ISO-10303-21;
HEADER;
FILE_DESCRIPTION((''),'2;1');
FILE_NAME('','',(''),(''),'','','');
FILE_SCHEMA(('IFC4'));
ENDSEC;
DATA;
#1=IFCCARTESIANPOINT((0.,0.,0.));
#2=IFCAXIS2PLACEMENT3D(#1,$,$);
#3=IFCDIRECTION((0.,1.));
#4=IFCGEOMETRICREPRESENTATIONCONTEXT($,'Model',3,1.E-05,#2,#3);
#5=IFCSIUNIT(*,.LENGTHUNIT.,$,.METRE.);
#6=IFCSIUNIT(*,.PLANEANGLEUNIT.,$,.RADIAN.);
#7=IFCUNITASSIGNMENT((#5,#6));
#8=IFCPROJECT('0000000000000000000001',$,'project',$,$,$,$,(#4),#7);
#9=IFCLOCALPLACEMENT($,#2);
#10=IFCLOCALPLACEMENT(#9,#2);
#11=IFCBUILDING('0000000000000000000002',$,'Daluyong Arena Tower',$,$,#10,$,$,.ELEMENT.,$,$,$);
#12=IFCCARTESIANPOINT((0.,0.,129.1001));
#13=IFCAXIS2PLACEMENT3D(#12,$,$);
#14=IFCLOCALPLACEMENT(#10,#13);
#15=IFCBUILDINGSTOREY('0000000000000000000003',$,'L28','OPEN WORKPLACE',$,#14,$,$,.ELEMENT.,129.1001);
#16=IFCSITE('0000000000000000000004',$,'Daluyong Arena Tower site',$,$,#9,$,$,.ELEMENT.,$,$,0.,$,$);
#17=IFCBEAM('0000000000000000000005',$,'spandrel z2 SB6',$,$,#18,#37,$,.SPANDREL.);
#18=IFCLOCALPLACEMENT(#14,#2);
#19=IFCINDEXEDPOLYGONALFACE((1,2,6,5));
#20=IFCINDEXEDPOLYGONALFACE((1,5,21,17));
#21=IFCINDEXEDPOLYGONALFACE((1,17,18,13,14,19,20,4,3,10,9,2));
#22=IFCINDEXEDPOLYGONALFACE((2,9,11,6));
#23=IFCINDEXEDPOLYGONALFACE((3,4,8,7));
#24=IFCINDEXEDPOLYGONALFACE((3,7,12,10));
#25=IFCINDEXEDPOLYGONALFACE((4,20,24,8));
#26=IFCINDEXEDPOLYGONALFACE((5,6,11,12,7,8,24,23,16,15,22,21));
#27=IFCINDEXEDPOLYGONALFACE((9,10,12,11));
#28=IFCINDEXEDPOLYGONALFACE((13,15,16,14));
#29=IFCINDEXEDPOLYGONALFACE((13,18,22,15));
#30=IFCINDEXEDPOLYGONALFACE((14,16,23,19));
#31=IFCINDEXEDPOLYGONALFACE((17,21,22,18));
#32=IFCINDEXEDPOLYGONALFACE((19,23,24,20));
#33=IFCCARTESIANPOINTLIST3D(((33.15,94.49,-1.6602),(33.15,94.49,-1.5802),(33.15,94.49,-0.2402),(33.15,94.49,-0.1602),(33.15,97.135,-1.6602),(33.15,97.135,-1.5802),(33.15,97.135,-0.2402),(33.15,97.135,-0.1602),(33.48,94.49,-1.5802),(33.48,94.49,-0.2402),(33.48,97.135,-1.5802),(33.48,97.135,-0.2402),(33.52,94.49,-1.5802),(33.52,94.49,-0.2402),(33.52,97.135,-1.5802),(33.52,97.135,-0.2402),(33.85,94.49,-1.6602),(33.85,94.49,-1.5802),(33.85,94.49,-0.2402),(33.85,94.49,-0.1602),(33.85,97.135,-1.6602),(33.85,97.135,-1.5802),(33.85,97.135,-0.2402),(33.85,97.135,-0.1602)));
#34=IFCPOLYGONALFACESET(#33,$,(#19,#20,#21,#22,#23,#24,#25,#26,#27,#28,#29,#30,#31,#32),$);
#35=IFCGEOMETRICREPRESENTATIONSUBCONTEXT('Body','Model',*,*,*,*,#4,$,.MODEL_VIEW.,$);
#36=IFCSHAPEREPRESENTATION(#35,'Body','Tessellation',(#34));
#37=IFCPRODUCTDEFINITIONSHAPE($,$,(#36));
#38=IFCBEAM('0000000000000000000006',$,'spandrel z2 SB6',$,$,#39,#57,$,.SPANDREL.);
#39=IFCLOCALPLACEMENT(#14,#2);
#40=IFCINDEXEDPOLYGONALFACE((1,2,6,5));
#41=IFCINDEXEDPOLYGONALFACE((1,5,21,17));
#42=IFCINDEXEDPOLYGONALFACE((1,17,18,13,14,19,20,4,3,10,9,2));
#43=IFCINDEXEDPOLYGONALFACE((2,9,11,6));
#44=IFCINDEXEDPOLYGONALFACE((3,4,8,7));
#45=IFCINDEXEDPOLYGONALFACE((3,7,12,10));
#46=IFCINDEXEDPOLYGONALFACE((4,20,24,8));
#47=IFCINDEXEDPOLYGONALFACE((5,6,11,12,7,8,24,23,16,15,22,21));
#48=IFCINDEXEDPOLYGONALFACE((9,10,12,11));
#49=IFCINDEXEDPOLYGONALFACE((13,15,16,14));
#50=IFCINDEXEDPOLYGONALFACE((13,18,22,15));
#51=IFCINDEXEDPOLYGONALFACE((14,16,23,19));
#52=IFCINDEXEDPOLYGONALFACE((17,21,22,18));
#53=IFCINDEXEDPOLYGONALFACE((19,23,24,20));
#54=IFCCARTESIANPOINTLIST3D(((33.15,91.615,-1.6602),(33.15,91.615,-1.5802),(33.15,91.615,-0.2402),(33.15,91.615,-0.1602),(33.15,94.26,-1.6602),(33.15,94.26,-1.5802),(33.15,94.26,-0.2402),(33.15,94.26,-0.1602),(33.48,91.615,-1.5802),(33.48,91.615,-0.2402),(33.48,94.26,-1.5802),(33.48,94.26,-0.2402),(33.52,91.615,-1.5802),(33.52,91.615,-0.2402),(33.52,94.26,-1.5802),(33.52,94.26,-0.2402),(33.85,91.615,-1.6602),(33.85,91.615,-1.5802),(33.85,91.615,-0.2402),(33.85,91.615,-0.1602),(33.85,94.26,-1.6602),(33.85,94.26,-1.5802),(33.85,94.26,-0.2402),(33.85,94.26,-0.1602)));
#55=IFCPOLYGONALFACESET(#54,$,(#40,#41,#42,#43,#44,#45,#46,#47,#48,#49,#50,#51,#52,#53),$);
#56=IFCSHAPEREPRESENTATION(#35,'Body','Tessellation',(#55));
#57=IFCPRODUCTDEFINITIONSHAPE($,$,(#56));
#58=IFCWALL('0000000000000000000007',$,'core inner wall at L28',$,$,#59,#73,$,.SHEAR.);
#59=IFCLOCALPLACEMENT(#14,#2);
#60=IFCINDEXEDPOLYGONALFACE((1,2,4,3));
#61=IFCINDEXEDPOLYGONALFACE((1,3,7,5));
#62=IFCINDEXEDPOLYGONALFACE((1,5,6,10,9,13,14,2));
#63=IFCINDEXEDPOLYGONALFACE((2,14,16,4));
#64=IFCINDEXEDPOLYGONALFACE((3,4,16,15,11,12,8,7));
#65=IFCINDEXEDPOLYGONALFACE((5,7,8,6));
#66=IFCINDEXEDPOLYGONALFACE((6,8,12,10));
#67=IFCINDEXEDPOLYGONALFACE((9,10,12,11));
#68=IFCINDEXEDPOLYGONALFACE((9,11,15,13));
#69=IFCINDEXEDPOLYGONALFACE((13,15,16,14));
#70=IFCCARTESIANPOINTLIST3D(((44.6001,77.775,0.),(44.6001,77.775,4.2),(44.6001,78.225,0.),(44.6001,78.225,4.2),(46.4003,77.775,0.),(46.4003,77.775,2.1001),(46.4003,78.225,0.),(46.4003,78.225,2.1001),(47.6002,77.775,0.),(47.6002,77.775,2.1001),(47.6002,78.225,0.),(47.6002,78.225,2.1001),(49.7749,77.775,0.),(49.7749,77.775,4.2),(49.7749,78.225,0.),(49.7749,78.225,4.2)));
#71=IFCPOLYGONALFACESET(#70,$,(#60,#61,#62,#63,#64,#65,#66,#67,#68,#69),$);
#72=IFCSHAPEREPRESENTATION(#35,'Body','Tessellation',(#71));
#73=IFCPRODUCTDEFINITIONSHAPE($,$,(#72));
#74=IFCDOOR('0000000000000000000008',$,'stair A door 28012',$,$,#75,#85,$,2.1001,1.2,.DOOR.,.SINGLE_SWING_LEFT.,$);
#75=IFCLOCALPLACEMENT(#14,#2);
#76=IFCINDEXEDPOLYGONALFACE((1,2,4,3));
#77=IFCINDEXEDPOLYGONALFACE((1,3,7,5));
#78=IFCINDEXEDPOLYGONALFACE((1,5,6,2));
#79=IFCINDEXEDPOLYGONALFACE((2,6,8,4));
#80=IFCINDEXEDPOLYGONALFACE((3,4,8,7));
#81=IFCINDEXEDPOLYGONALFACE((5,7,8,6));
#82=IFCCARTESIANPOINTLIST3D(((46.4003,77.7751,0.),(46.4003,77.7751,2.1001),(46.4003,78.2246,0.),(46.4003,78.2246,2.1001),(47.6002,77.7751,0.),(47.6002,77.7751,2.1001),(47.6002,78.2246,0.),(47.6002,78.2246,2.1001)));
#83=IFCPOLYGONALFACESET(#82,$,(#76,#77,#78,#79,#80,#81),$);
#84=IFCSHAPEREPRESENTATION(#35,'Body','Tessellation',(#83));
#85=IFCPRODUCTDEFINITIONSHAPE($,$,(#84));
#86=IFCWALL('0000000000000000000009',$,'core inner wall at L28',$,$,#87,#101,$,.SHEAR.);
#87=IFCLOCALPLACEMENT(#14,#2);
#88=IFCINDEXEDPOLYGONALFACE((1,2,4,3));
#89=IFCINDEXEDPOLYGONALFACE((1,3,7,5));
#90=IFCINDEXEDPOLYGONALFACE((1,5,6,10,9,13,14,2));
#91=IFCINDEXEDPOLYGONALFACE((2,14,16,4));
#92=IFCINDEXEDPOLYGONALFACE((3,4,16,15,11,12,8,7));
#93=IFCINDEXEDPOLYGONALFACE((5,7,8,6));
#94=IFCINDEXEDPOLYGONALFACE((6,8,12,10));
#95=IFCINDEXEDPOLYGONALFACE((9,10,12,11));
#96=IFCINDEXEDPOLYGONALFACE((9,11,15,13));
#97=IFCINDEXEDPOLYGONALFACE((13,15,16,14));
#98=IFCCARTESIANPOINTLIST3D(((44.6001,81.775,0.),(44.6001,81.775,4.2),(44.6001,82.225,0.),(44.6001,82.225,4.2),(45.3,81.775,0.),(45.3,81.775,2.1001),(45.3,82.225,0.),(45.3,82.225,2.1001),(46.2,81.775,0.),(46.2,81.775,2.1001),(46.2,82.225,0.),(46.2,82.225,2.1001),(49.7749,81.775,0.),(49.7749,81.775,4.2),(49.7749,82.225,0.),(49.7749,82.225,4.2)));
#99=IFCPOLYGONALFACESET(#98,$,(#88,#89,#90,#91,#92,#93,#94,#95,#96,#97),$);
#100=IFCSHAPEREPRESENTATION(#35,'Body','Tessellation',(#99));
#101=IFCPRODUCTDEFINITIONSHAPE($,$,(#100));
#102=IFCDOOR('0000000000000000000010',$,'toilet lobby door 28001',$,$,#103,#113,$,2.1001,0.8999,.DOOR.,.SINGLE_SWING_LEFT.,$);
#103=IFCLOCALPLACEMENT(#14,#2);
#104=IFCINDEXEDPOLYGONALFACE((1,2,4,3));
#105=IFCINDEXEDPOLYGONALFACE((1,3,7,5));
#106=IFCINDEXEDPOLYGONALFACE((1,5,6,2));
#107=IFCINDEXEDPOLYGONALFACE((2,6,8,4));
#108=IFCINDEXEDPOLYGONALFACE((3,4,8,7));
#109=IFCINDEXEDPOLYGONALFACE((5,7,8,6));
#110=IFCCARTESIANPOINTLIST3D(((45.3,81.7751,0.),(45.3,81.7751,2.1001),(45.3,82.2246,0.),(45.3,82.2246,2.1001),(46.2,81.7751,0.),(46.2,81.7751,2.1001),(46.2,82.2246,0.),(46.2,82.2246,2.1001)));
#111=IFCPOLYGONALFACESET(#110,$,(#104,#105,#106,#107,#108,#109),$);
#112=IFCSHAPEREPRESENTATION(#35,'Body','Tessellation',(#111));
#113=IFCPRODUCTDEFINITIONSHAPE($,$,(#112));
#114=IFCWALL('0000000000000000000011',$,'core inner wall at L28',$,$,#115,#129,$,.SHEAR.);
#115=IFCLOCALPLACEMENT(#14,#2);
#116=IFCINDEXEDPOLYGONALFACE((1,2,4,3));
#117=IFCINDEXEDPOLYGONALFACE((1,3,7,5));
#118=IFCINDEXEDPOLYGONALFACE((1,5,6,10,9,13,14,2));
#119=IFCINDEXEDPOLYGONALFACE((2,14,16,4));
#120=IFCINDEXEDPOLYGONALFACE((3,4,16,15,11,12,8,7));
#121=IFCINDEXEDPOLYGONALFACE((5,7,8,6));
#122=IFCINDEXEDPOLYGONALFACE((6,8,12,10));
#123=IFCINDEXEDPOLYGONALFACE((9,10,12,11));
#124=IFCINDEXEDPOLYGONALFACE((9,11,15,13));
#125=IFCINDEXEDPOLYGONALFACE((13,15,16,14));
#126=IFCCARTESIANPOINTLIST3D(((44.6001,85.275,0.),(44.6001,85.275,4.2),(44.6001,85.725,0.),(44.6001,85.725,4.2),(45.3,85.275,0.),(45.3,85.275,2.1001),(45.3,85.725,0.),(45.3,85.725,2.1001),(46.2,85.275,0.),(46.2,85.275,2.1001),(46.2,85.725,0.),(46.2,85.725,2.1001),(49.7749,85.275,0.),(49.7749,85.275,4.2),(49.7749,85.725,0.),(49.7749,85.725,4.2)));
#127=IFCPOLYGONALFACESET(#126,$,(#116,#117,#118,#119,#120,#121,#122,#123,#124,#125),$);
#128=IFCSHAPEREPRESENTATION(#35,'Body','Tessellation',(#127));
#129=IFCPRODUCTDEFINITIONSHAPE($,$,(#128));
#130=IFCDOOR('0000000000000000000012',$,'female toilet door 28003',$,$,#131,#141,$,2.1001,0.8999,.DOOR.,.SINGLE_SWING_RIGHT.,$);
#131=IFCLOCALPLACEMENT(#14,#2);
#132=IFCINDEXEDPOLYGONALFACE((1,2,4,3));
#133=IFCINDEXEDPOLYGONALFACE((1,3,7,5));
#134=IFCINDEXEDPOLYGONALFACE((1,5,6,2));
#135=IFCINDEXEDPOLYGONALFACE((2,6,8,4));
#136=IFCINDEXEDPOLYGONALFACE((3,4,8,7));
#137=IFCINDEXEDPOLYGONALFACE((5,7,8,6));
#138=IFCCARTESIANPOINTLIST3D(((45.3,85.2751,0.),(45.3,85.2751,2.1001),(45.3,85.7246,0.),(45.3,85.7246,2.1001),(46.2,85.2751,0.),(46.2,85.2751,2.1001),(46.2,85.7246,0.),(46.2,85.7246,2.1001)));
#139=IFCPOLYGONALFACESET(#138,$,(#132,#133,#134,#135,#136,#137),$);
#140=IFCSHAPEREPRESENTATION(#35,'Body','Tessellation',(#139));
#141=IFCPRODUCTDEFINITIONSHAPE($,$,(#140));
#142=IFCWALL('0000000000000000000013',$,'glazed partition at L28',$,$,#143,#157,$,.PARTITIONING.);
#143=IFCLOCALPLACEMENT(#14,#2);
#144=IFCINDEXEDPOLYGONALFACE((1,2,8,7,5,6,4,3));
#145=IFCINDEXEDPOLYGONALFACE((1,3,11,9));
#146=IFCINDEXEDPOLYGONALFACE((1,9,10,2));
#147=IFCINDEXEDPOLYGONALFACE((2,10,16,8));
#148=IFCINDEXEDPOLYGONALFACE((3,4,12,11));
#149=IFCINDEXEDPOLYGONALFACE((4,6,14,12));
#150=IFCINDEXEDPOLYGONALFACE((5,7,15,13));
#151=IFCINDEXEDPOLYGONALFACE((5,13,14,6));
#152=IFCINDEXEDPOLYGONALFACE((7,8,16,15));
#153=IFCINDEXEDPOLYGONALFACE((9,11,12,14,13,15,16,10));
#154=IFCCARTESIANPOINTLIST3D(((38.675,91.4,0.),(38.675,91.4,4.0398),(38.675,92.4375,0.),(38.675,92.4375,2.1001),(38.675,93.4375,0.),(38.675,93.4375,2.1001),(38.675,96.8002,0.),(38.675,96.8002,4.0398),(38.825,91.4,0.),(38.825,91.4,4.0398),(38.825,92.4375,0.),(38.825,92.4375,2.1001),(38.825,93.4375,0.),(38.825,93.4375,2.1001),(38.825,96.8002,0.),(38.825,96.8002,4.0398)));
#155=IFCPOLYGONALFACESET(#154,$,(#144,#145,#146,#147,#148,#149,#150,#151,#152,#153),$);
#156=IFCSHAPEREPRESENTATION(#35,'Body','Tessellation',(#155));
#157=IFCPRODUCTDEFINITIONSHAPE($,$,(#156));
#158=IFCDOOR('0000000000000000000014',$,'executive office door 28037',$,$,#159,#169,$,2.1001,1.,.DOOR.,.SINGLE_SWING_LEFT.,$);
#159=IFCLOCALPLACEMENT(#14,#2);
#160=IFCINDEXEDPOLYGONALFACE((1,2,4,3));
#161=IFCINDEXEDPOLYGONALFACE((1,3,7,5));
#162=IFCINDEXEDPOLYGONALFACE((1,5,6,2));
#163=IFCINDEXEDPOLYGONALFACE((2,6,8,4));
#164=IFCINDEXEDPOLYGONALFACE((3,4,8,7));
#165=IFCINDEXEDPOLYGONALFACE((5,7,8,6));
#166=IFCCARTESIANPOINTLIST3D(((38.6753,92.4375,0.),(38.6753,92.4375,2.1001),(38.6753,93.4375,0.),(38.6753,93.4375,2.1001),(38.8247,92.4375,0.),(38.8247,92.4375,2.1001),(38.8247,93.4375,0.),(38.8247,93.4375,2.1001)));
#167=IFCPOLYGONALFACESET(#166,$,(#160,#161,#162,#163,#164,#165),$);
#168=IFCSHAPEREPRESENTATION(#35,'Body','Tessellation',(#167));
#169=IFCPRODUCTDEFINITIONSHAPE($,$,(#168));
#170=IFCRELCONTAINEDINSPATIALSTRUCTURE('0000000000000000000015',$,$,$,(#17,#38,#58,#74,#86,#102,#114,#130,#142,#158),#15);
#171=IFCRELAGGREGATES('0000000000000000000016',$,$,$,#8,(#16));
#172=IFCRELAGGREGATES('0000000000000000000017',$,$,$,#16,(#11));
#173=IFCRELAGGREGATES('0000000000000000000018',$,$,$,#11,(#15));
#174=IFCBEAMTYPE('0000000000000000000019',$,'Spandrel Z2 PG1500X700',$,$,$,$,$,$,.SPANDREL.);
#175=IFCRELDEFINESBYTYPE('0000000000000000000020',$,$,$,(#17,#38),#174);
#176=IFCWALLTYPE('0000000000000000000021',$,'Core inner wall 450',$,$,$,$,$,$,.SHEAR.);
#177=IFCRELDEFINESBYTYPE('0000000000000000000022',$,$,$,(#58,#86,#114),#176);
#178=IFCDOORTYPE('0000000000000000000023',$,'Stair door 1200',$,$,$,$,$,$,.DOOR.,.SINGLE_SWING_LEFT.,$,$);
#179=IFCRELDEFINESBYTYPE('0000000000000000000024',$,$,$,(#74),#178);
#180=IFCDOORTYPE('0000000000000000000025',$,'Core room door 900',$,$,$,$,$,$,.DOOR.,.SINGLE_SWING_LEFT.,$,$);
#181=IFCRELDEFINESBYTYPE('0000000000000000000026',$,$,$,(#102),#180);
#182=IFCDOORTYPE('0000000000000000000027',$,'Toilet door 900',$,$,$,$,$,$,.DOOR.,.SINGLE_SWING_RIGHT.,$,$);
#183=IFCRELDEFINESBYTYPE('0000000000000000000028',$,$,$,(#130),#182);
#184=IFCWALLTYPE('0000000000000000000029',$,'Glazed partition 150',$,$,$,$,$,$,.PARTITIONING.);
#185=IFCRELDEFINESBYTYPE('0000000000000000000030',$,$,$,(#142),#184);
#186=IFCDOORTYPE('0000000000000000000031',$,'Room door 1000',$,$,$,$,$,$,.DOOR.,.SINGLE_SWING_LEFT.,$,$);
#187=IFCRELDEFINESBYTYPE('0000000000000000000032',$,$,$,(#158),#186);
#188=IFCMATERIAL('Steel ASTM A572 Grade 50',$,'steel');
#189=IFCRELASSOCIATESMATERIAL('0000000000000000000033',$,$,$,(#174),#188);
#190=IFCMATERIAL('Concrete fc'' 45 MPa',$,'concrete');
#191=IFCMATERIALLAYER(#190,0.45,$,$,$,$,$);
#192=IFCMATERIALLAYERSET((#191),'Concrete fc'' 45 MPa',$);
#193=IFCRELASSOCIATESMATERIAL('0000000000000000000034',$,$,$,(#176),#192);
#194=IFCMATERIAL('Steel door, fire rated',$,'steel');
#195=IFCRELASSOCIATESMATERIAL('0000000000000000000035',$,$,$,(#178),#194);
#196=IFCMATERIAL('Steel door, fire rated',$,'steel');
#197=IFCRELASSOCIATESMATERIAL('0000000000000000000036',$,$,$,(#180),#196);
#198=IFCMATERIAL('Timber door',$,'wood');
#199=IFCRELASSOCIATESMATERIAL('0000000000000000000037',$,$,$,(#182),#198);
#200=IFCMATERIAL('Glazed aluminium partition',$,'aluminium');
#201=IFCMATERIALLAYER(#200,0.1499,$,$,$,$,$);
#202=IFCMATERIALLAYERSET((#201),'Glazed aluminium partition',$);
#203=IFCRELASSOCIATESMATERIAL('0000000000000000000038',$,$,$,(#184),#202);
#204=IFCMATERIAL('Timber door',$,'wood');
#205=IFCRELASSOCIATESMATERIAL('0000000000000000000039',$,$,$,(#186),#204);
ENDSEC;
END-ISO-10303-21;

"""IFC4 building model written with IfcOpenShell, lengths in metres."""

from ifc_helpers import new_model, si_unit, direction, frame, frame_2d, origin, origin_2d, place, context, subcontext, project, spatial, rectangle, i_section, extrude, material, layer, layer_set, material_profile, profile_set, type_object, element, fill, save


model = new_model("IFC4")

# Units and contexts
model_context = context("Model", 3, precision=1e-05, world=origin(), true_north=direction((0.0, 1.0)))
body_context = subcontext(model_context, "Body", "Model", "MODEL_VIEW")
ifc_project = project(units=[si_unit("LENGTHUNIT", "METRE"), si_unit("PLANEANGLEUNIT", "RADIAN")], contexts=[model_context])

# Site, building, storey
site_placement = place(None, origin())
site = spatial("IfcSite", under=ifc_project, at=site_placement, Name="Daluyong Arena Tower site", CompositionType="ELEMENT", RefElevation=0.0)
building_placement = place(site_placement, origin())
building = spatial("IfcBuilding", under=site, at=building_placement, Name="Daluyong Arena Tower", CompositionType="ELEMENT")
storey_placement = place(building_placement, frame((0.0, 0.0, 129.1001)))
storey = spatial("IfcBuildingStorey", under=building, at=storey_placement, Name="L28", Description="OPEN WORKPLACE", CompositionType="ELEMENT", Elevation=129.1001)

# Beams
ifc_material_1 = material(Name="Steel ASTM A572 Grade 50", Category="steel")
ifc_material_profile_1 = material_profile(ifc_material_1, i_section(OverallWidth=0.7, OverallDepth=1.5, WebThickness=0.04, FlangeThickness=0.08, at=origin_2d()))
ifc_profile_set_1 = profile_set([ifc_material_profile_1], Name="Steel ASTM A572 Grade 50")
beam_type_1 = type_object("IfcBeamType", Name="Spandrel Z2 PG1500X700", PredefinedType="SPANDREL", material=ifc_profile_set_1)
for number, where, z_axis, x_axis, name in (
    (1, (33.5, 97.135, -0.9102), (0.0, -1.0, 0.0), (1.0, 0.0, 0.0), "spandrel z2 SB6"),
    (2, (33.5, 94.26, -0.9102), (0.0, -1.0, 0.0), (1.0, 0.0, 0.0), "spandrel z2 SB6"),
):
    element("IfcBeam", number, at=place(storey_placement, frame(where, z_axis=z_axis, x_axis=x_axis)), inside=storey, type_object=beam_type_1, Name=name, PredefinedType="SPANDREL", context=body_context, shape_type="SweptSolid", body=[
        extrude(i_section(OverallWidth=0.7, OverallDepth=1.5, WebThickness=0.04, FlangeThickness=0.08, at=origin_2d()), origin(), (0.0, 0.0, 1.0), 2.645),
    ])

# Walls, openings, doors
ifc_material_2 = material(Name="Concrete fc' 45 MPa", Category="concrete")
ifc_layer_1 = layer(ifc_material_2, 0.45)
ifc_layer_set_1 = layer_set([ifc_layer_1], Name="Concrete fc' 45 MPa")
wall_type_1 = type_object("IfcWallType", Name="Core inner wall 450", PredefinedType="SHEAR", material=ifc_layer_set_1)
wall_1_placement = place(storey_placement, frame((44.6001, 78.0, 0.0), z_axis=(0.0, 0.0, 1.0), x_axis=(1.0, 0.0, 0.0)))
wall_1 = element("IfcWall", 3, at=wall_1_placement, inside=storey, type_object=wall_type_1, Name="core inner wall at L28", PredefinedType="SHEAR", context=body_context, shape_type="SweptSolid", body=[
    extrude(rectangle(XDim=5.1748, YDim=0.45, at=frame_2d((2.5874, 0.0))), origin(), (0.0, 0.0, 1.0), 4.2),
])
opening_1_placement = place(wall_1_placement, frame((1.8, 0.0, 0.0)))
opening_1 = element("IfcOpeningElement", 4, at=opening_1_placement, cuts=wall_1, PredefinedType="OPENING", context=body_context, shape_type="SweptSolid", body=[
    extrude(rectangle(XDim=1.2, YDim=2.1001, at=frame_2d((0.6001, 1.05))), frame((0.0, 0.2349, 0.0), z_axis=(0.0, -1.0, 0.0), x_axis=(1.0, 0.0, 0.0)), (0.0, 0.0, 1.0), 0.47),
])
ifc_material_3 = material(Name="Steel door, fire rated", Category="steel")
door_type_1 = type_object("IfcDoorType", Name="Stair door 1200", OperationType="SINGLE_SWING_LEFT", PredefinedType="DOOR", material=ifc_material_3)
door_1_placement = place(opening_1_placement, origin())
door_1 = element("IfcDoor", 5, at=door_1_placement, inside=storey, type_object=door_type_1, Name="stair A door 28012", OperationType="SINGLE_SWING_LEFT", OverallHeight=2.1001, OverallWidth=1.2, PredefinedType="DOOR", context=body_context, shape_type="SweptSolid", body=[
    extrude(rectangle(XDim=1.2, YDim=2.1001, at=frame_2d((0.6001, 1.05))), frame((0.0, 0.2246, 0.0), z_axis=(0.0, -1.0, 0.0), x_axis=(1.0, 0.0, 0.0)), (0.0, 0.0, 1.0), 0.4495),
])
fill(opening_1, door_1)
wall_2_placement = place(storey_placement, frame((44.6001, 82.0, 0.0), z_axis=(0.0, 0.0, 1.0), x_axis=(1.0, 0.0, 0.0)))
wall_2 = element("IfcWall", 6, at=wall_2_placement, inside=storey, type_object=wall_type_1, Name="core inner wall at L28", PredefinedType="SHEAR", context=body_context, shape_type="SweptSolid", body=[
    extrude(rectangle(XDim=5.1748, YDim=0.45, at=frame_2d((2.5874, 0.0))), origin(), (0.0, 0.0, 1.0), 4.2),
])
opening_2_placement = place(wall_2_placement, frame((0.7, 0.0, 0.0)))
opening_2 = element("IfcOpeningElement", 7, at=opening_2_placement, cuts=wall_2, PredefinedType="OPENING", context=body_context, shape_type="SweptSolid", body=[
    extrude(rectangle(XDim=0.8999, YDim=2.1001, at=frame_2d((0.45, 1.05))), frame((0.0, 0.2349, 0.0), z_axis=(0.0, -1.0, 0.0), x_axis=(1.0, 0.0, 0.0)), (0.0, 0.0, 1.0), 0.47),
])
ifc_material_4 = material(Name="Steel door, fire rated", Category="steel")
door_type_2 = type_object("IfcDoorType", Name="Core room door 900", OperationType="SINGLE_SWING_LEFT", PredefinedType="DOOR", material=ifc_material_4)
door_2_placement = place(opening_2_placement, origin())
door_2 = element("IfcDoor", 8, at=door_2_placement, inside=storey, type_object=door_type_2, Name="toilet lobby door 28001", OperationType="SINGLE_SWING_LEFT", OverallHeight=2.1001, OverallWidth=0.8999, PredefinedType="DOOR", context=body_context, shape_type="SweptSolid", body=[
    extrude(rectangle(XDim=0.8999, YDim=2.1001, at=frame_2d((0.45, 1.05))), frame((0.0, 0.2246, 0.0), z_axis=(0.0, -1.0, 0.0), x_axis=(1.0, 0.0, 0.0)), (0.0, 0.0, 1.0), 0.4495),
])
fill(opening_2, door_2)
wall_3_placement = place(storey_placement, frame((44.6001, 85.5, 0.0), z_axis=(0.0, 0.0, 1.0), x_axis=(1.0, 0.0, 0.0)))
wall_3 = element("IfcWall", 9, at=wall_3_placement, inside=storey, type_object=wall_type_1, Name="core inner wall at L28", PredefinedType="SHEAR", context=body_context, shape_type="SweptSolid", body=[
    extrude(rectangle(XDim=5.1748, YDim=0.45, at=frame_2d((2.5874, 0.0))), origin(), (0.0, 0.0, 1.0), 4.2),
])
opening_3_placement = place(wall_3_placement, frame((0.7, 0.0, 0.0)))
opening_3 = element("IfcOpeningElement", 10, at=opening_3_placement, cuts=wall_3, PredefinedType="OPENING", context=body_context, shape_type="SweptSolid", body=[
    extrude(rectangle(XDim=0.8999, YDim=2.1001, at=frame_2d((0.45, 1.05))), frame((0.0, 0.2349, 0.0), z_axis=(0.0, -1.0, 0.0), x_axis=(1.0, 0.0, 0.0)), (0.0, 0.0, 1.0), 0.47),
])
ifc_material_5 = material(Name="Timber door", Category="wood")
door_type_3 = type_object("IfcDoorType", Name="Toilet door 900", OperationType="SINGLE_SWING_RIGHT", PredefinedType="DOOR", material=ifc_material_5)
door_3_placement = place(opening_3_placement, origin())
door_3 = element("IfcDoor", 11, at=door_3_placement, inside=storey, type_object=door_type_3, Name="female toilet door 28003", OperationType="SINGLE_SWING_RIGHT", OverallHeight=2.1001, OverallWidth=0.8999, PredefinedType="DOOR", context=body_context, shape_type="SweptSolid", body=[
    extrude(rectangle(XDim=0.8999, YDim=2.1001, at=frame_2d((0.45, 1.05))), frame((0.0, 0.2246, 0.0), z_axis=(0.0, -1.0, 0.0), x_axis=(1.0, 0.0, 0.0)), (0.0, 0.0, 1.0), 0.4495),
])
fill(opening_3, door_3)
ifc_material_6 = material(Name="Glazed aluminium partition", Category="aluminium")
ifc_layer_2 = layer(ifc_material_6, 0.1499)
ifc_layer_set_2 = layer_set([ifc_layer_2], Name="Glazed aluminium partition")
wall_type_2 = type_object("IfcWallType", Name="Glazed partition 150", PredefinedType="PARTITIONING", material=ifc_layer_set_2)
wall_4_placement = place(storey_placement, frame((38.75, 91.3999, 0.0), z_axis=(0.0, 0.0, 1.0), x_axis=(0.0, 1.0, 0.0)))
wall_4 = element("IfcWall", 12, at=wall_4_placement, inside=storey, type_object=wall_type_2, Name="glazed partition at L28", PredefinedType="PARTITIONING", context=body_context, shape_type="SweptSolid", body=[
    extrude(rectangle(XDim=5.4001, YDim=0.1499, at=frame_2d((2.7002, 0.0))), origin(), (0.0, 0.0, 1.0), 4.0398),
])
opening_4_placement = place(wall_4_placement, frame((1.0376, 0.0, 0.0)))
opening_4 = element("IfcOpeningElement", 13, at=opening_4_placement, cuts=wall_4, PredefinedType="OPENING", context=body_context, shape_type="SweptSolid", body=[
    extrude(rectangle(XDim=1.0, YDim=2.1001, at=frame_2d((0.5, 1.05))), frame((0.0, 0.085, 0.0), z_axis=(0.0, -1.0, 0.0), x_axis=(1.0, 0.0, 0.0)), (0.0, 0.0, 1.0), 0.1699),
])
ifc_material_7 = material(Name="Timber door", Category="wood")
door_type_4 = type_object("IfcDoorType", Name="Room door 1000", OperationType="SINGLE_SWING_LEFT", PredefinedType="DOOR", material=ifc_material_7)
door_4_placement = place(opening_4_placement, origin())
door_4 = element("IfcDoor", 14, at=door_4_placement, inside=storey, type_object=door_type_4, Name="executive office door 28037", OperationType="SINGLE_SWING_LEFT", OverallHeight=2.1001, OverallWidth=1.0, PredefinedType="DOOR", context=body_context, shape_type="SweptSolid", body=[
    extrude(rectangle(XDim=1.0, YDim=2.1001, at=frame_2d((0.5, 1.05))), frame((0.0, 0.0747, 0.0), z_axis=(0.0, -1.0, 0.0), x_axis=(1.0, 0.0, 0.0)), (0.0, 0.0, 1.0), 0.1494),
])
fill(opening_4, door_4)

save(model, "model.ifc")
